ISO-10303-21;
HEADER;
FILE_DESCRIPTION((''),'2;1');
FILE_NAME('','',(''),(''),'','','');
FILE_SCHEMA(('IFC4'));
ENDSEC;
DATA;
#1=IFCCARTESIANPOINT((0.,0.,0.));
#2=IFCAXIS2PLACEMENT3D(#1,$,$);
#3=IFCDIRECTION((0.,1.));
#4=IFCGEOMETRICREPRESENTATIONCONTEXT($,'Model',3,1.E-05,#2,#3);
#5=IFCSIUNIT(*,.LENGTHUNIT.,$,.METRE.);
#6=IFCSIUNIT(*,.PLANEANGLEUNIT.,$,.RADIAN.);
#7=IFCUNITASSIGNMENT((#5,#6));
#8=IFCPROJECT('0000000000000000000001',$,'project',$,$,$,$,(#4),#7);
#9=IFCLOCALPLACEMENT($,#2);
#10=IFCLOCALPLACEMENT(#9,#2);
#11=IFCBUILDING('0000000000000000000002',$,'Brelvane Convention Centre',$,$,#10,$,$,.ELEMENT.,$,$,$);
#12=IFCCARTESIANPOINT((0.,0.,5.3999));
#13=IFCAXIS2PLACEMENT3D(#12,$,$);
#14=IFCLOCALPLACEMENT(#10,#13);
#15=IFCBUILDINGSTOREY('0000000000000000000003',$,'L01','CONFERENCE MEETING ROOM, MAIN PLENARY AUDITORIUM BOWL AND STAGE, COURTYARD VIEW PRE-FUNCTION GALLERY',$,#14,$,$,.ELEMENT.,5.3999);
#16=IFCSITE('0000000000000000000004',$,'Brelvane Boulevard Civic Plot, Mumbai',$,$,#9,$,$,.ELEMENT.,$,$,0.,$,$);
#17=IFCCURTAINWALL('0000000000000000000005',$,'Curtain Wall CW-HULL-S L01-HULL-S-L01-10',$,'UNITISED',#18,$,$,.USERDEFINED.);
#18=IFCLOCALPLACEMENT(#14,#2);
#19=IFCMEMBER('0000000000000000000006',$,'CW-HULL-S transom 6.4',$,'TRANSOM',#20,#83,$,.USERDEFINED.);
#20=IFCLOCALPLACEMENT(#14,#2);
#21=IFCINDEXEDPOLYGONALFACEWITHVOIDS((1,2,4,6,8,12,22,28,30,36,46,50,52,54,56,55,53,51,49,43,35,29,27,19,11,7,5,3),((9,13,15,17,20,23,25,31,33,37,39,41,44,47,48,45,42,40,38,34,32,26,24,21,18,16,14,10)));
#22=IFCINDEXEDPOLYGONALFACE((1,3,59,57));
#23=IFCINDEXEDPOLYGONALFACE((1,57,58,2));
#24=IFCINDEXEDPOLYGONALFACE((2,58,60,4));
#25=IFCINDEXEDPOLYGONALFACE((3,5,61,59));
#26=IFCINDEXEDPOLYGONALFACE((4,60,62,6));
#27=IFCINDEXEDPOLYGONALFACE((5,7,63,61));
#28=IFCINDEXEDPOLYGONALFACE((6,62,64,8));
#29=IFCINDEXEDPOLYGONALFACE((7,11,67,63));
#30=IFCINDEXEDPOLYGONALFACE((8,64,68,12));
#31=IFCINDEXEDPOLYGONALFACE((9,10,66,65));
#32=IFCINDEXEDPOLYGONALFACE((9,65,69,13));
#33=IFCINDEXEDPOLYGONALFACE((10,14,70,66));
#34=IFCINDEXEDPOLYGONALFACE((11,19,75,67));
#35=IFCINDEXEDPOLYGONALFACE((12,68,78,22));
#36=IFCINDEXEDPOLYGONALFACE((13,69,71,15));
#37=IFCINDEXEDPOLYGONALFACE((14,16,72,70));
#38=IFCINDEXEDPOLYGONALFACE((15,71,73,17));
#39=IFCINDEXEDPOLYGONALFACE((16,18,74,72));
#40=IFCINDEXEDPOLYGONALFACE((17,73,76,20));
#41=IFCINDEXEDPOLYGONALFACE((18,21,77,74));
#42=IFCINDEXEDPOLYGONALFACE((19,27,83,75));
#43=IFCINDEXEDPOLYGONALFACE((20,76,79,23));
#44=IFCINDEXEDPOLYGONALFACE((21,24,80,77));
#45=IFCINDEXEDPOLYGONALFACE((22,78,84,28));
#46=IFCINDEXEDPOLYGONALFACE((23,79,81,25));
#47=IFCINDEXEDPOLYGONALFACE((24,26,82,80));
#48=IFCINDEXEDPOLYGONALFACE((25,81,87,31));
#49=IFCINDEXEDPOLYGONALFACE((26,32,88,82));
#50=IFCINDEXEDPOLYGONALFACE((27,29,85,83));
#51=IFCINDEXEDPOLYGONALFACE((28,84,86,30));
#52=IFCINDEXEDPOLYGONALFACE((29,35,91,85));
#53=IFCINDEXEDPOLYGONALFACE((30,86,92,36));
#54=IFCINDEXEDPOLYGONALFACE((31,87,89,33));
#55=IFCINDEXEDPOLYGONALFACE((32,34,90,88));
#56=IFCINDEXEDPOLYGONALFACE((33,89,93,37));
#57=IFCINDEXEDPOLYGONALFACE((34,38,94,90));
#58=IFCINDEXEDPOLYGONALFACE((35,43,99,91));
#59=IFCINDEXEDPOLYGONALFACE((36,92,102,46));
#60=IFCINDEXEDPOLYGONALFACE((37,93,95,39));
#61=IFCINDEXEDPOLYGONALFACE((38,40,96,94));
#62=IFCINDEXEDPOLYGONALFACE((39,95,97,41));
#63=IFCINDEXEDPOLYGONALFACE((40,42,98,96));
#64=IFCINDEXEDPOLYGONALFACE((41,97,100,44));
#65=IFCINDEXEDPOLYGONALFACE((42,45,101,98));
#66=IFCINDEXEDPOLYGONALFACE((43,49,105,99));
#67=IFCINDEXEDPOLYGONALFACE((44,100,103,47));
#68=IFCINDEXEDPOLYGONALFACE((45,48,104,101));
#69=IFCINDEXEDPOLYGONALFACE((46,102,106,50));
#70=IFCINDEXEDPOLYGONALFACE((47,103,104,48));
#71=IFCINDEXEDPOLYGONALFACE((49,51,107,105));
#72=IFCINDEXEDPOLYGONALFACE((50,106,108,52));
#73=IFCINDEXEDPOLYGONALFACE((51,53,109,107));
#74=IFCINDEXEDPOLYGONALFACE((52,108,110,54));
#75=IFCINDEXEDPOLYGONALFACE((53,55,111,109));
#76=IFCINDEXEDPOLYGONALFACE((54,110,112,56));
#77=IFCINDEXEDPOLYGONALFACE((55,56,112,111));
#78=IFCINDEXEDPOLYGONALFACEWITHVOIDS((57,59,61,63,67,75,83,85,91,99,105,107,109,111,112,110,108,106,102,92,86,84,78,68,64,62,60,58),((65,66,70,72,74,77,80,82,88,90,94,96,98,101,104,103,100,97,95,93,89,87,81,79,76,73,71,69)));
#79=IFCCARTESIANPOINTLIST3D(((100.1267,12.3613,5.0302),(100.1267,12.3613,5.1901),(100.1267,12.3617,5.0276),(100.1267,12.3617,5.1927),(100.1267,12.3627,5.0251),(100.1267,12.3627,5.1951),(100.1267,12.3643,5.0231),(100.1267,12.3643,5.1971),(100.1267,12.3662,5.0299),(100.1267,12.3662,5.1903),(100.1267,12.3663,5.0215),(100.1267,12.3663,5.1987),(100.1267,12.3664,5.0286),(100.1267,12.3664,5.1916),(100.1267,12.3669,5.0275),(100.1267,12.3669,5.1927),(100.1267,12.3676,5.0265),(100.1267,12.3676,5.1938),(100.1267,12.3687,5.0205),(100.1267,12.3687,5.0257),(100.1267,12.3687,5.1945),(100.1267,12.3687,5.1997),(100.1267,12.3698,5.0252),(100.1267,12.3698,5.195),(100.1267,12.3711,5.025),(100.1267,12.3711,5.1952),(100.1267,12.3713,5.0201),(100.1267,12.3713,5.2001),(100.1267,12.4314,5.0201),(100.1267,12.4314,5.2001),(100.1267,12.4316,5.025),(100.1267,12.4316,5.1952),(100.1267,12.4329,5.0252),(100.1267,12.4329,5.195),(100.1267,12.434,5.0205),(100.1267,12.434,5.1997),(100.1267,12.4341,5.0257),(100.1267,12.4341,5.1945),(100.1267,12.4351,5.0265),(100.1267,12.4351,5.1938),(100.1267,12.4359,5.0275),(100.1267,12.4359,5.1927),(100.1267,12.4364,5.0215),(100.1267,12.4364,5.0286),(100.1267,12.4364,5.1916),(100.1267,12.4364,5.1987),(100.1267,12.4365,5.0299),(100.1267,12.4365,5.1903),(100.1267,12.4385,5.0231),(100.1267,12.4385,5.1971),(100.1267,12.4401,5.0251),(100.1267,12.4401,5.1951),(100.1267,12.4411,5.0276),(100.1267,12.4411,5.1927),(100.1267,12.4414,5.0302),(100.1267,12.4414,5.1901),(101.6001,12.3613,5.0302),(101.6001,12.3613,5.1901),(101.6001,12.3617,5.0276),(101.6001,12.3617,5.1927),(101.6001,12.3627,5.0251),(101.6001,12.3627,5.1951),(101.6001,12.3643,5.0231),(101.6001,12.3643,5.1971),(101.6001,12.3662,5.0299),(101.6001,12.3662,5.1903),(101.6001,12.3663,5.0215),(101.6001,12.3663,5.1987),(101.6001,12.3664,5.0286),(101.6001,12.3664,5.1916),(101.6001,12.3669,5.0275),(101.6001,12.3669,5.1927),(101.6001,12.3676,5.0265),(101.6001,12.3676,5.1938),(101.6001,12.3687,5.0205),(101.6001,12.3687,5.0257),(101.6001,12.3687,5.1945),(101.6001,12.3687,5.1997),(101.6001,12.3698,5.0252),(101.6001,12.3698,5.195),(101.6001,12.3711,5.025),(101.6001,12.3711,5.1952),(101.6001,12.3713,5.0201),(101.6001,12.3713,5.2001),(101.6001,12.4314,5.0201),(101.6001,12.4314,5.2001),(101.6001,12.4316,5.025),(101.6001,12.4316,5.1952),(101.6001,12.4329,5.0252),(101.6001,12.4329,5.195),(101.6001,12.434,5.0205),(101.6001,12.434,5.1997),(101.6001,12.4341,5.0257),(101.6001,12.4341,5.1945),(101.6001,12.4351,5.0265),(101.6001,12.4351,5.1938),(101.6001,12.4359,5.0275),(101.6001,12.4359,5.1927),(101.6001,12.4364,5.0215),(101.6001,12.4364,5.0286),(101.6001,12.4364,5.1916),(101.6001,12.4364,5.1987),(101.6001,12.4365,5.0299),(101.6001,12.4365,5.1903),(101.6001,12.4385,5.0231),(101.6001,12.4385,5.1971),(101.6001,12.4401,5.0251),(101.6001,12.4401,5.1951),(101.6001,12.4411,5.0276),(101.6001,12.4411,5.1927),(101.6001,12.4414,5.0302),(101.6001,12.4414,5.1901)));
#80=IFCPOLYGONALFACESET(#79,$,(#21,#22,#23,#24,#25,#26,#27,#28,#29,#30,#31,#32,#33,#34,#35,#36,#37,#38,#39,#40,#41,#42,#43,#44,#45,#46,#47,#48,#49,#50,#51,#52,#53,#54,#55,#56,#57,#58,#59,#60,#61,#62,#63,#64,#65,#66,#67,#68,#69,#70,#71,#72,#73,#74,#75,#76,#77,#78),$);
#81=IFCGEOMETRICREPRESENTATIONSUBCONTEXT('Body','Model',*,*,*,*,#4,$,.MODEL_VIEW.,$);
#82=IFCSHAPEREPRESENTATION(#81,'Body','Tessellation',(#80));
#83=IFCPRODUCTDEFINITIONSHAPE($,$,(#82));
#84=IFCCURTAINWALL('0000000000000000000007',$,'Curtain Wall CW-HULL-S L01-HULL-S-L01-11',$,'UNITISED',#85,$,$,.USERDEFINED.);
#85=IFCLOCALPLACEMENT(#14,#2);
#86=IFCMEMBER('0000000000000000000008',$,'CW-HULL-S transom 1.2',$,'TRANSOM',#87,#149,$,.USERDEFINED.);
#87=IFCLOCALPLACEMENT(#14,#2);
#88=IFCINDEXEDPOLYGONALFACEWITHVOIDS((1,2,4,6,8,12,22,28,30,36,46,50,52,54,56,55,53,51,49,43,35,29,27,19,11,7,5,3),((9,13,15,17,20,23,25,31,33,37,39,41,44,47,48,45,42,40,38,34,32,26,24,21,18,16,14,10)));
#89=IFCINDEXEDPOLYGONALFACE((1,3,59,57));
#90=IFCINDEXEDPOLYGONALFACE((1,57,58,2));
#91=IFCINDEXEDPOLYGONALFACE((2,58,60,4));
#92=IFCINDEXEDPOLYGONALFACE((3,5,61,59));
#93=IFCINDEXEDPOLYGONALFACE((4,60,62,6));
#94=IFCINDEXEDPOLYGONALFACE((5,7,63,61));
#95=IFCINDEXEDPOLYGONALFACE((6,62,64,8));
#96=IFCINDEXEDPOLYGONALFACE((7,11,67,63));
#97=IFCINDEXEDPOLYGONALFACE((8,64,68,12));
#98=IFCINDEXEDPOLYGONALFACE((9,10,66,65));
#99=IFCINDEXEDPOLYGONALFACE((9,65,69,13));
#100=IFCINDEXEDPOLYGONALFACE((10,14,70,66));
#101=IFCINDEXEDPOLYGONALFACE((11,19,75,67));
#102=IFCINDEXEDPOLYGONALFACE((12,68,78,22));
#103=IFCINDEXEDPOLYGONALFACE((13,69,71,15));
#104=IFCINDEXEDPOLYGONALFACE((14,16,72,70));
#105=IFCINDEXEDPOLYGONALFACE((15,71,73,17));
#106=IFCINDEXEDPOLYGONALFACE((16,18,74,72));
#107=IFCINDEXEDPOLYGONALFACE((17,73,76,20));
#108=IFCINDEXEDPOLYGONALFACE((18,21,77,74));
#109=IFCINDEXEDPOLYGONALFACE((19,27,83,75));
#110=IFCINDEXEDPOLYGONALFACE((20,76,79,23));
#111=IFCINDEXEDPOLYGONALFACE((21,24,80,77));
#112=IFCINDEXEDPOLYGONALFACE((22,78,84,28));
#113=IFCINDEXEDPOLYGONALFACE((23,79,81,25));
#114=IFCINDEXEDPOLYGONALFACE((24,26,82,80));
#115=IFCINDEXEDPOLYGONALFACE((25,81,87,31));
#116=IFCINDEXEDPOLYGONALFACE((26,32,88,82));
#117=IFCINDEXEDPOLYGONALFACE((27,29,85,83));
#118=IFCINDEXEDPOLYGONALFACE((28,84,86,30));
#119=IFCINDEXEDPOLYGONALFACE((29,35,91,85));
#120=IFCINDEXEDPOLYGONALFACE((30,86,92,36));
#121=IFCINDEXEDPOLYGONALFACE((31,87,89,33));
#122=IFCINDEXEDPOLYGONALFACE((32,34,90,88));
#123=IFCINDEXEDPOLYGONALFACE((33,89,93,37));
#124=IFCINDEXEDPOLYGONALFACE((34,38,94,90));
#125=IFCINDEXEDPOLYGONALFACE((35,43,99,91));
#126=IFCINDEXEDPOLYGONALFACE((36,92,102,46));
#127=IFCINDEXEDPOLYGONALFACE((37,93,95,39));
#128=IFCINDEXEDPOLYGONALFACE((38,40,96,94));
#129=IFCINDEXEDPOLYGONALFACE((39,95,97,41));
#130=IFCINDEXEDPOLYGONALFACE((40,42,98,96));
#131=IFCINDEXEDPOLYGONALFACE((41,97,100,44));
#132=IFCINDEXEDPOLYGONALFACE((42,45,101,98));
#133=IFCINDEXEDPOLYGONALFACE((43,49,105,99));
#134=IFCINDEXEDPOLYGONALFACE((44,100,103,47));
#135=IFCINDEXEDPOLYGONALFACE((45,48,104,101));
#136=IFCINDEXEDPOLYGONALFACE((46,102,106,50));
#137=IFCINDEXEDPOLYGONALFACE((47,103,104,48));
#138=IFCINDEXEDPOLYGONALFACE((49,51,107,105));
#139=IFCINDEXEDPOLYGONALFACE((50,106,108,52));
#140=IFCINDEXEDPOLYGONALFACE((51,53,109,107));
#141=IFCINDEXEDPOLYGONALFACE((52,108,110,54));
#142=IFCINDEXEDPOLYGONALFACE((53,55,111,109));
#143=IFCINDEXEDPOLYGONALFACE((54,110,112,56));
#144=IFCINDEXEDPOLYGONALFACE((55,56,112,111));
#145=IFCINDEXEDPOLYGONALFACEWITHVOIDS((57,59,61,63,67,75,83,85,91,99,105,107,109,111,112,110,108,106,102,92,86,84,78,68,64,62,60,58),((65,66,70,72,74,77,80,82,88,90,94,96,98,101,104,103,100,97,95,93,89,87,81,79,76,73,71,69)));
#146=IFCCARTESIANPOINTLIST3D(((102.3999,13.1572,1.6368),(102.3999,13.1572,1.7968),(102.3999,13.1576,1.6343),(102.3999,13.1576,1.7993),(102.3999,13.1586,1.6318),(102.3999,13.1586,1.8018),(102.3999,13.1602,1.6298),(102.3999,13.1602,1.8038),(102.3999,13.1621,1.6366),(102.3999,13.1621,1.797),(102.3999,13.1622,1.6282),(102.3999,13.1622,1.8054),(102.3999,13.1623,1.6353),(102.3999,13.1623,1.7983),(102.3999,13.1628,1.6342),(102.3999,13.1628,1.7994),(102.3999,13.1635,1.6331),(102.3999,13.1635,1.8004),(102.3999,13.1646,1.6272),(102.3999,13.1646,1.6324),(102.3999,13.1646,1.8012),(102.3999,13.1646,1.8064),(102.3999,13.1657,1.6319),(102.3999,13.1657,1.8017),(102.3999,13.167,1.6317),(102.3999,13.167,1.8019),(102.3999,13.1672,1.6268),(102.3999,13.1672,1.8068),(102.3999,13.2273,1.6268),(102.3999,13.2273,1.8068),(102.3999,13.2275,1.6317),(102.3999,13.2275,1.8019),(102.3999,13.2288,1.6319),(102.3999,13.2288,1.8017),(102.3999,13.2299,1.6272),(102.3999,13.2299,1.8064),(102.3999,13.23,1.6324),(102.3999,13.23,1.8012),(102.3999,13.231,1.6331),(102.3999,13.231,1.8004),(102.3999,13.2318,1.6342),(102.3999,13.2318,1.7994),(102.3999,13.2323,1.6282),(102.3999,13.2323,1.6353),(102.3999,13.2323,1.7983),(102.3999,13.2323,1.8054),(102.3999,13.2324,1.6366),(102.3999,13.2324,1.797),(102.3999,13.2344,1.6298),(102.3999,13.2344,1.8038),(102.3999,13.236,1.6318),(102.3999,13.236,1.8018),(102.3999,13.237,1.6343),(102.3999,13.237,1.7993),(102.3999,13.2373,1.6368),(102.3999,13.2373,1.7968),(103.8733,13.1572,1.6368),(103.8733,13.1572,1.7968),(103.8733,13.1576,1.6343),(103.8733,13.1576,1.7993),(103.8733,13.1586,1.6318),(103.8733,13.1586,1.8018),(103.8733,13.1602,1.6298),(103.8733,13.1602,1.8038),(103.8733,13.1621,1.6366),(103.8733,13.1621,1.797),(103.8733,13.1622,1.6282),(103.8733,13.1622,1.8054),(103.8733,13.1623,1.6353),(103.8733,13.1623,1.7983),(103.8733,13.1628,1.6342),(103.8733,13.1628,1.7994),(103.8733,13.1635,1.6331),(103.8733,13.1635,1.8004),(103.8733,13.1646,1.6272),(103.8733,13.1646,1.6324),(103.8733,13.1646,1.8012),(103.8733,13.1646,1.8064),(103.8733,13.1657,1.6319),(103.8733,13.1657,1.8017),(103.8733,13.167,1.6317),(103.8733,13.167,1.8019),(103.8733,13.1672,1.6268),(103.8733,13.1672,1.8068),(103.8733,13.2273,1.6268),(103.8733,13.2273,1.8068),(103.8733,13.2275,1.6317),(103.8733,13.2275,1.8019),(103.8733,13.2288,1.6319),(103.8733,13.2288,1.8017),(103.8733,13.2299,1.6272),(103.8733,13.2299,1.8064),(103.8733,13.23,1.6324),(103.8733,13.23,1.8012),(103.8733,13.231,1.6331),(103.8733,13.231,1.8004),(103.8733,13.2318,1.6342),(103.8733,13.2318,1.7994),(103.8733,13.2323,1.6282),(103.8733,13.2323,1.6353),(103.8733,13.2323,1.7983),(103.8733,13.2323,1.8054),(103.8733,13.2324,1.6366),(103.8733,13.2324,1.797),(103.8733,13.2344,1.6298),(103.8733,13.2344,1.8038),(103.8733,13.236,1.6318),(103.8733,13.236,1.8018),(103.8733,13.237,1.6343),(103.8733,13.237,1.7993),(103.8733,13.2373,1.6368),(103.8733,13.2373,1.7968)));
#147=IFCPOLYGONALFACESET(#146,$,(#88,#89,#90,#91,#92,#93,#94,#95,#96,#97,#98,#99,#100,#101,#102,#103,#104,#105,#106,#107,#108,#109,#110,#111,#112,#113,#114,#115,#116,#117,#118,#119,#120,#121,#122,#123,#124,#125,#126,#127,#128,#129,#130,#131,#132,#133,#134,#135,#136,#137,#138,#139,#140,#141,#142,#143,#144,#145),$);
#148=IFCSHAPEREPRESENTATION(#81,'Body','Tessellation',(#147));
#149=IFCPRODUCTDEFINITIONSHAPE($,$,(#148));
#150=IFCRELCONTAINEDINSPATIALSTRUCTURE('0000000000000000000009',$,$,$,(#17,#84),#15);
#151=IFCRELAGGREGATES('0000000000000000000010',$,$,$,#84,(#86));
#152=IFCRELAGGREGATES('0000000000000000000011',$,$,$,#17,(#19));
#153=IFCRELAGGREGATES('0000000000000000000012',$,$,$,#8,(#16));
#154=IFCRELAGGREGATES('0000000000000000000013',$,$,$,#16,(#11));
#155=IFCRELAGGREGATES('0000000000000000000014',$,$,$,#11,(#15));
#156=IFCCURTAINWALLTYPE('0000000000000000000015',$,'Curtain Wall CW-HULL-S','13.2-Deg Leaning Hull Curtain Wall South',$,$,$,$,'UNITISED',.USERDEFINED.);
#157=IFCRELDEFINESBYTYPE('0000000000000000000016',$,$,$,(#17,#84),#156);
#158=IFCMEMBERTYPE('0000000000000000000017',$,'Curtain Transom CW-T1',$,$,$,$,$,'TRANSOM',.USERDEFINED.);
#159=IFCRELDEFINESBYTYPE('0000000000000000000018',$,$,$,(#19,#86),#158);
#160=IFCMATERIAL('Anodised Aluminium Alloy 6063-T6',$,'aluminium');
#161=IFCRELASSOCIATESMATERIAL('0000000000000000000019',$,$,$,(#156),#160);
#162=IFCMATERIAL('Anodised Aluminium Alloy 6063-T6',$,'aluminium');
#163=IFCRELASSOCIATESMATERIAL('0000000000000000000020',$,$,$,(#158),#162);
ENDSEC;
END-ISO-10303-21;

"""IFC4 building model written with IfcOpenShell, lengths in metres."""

from ifc_helpers import new_model, si_unit, direction, frame, origin, origin_2d, place, context, subcontext, project, spatial, hollow_rectangle, extrude, material, material_profile, profile_set, type_object, element, aggregate, save


model = new_model("IFC4")

# Units and contexts
model_context = context("Model", 3, precision=1e-05, world=origin(), true_north=direction((0.0, 1.0)))
body_context = subcontext(model_context, "Body", "Model", "MODEL_VIEW")
ifc_project = project(units=[si_unit("LENGTHUNIT", "METRE"), si_unit("PLANEANGLEUNIT", "RADIAN")], contexts=[model_context])

# Site, building, storey
site_placement = place(None, origin())
site = spatial("IfcSite", under=ifc_project, at=site_placement, Name="Brelvane Boulevard Civic Plot, Mumbai", CompositionType="ELEMENT", RefElevation=0.0)
building_placement = place(site_placement, origin())
building = spatial("IfcBuilding", under=site, at=building_placement, Name="Brelvane Convention Centre", CompositionType="ELEMENT")
storey_placement = place(building_placement, frame((0.0, 0.0, 5.3999)))
storey = spatial("IfcBuildingStorey", under=building, at=storey_placement, Name="L01", Description="CONFERENCE MEETING ROOM, MAIN PLENARY AUDITORIUM BOWL AND STAGE, COURTYARD VIEW PRE-FUNCTION GALLERY", CompositionType="ELEMENT", Elevation=5.3999)

# Curtain walls, members
ifc_material_1 = material(Name="Anodised Aluminium Alloy 6063-T6", Category="aluminium")
curtain_wall_type = type_object("IfcCurtainWallType", Name="Curtain Wall CW-HULL-S", Description="13.2-Deg Leaning Hull Curtain Wall South", ElementType="UNITISED", PredefinedType="USERDEFINED", material=ifc_material_1)
curtain_wall_1_placement = place(storey_placement, origin())
curtain_wall_1 = element("IfcCurtainWall", 1, at=curtain_wall_1_placement, inside=storey, type_object=curtain_wall_type, Name="Curtain Wall CW-HULL-S L01-HULL-S-L01-10", ObjectType="UNITISED", PredefinedType="USERDEFINED")
ifc_material_2 = material(Name="Anodised Aluminium Alloy 6063-T6", Category="aluminium")
ifc_material_profile = material_profile(ifc_material_2, hollow_rectangle(XDim=0.0801, YDim=0.1799, WallThickness=0.0049, InnerFilletRadius=0.0049, OuterFilletRadius=0.01, at=origin_2d()), Name="ALU-T 180x80x5.0")
ifc_profile_set = profile_set([ifc_material_profile], Name="Anodised Aluminium Alloy 6063-T6")
member_type = type_object("IfcMemberType", Name="Curtain Transom CW-T1", ElementType="TRANSOM", PredefinedType="USERDEFINED", material=ifc_profile_set)
member_1_placement = place(storey_placement, frame((100.1267, 12.4014, 5.1101), z_axis=(1.0, 0.0, 0.0), x_axis=(0.0, 1.0, 0.0)))
member_1 = element("IfcMember", 2, at=member_1_placement, type_object=member_type, Name="CW-HULL-S transom 6.4", ObjectType="TRANSOM", PredefinedType="USERDEFINED", context=body_context, shape_type="SweptSolid", body=[
    extrude(hollow_rectangle(XDim=0.0801, YDim=0.1799, WallThickness=0.0049, InnerFilletRadius=0.0049, OuterFilletRadius=0.01, at=origin_2d()), origin(), (0.0, 0.0, 1.0), 1.4734),
])
curtain_wall_2_placement = place(storey_placement, origin())
curtain_wall_2 = element("IfcCurtainWall", 3, at=curtain_wall_2_placement, inside=storey, type_object=curtain_wall_type, Name="Curtain Wall CW-HULL-S L01-HULL-S-L01-11", ObjectType="UNITISED", PredefinedType="USERDEFINED")
member_2_placement = place(storey_placement, frame((102.3999, 13.1973, 1.7168), z_axis=(1.0, 0.0, 0.0), x_axis=(0.0, 1.0, 0.0)))
member_2 = element("IfcMember", 4, at=member_2_placement, type_object=member_type, Name="CW-HULL-S transom 1.2", ObjectType="TRANSOM", PredefinedType="USERDEFINED", context=body_context, shape_type="SweptSolid", body=[
    extrude(hollow_rectangle(XDim=0.0801, YDim=0.1799, WallThickness=0.0049, InnerFilletRadius=0.0049, OuterFilletRadius=0.01, at=origin_2d()), origin(), (0.0, 0.0, 1.0), 1.4734),
])

aggregate(curtain_wall_2, [member_2])
aggregate(curtain_wall_1, [member_1])

save(model, "model.ifc")
